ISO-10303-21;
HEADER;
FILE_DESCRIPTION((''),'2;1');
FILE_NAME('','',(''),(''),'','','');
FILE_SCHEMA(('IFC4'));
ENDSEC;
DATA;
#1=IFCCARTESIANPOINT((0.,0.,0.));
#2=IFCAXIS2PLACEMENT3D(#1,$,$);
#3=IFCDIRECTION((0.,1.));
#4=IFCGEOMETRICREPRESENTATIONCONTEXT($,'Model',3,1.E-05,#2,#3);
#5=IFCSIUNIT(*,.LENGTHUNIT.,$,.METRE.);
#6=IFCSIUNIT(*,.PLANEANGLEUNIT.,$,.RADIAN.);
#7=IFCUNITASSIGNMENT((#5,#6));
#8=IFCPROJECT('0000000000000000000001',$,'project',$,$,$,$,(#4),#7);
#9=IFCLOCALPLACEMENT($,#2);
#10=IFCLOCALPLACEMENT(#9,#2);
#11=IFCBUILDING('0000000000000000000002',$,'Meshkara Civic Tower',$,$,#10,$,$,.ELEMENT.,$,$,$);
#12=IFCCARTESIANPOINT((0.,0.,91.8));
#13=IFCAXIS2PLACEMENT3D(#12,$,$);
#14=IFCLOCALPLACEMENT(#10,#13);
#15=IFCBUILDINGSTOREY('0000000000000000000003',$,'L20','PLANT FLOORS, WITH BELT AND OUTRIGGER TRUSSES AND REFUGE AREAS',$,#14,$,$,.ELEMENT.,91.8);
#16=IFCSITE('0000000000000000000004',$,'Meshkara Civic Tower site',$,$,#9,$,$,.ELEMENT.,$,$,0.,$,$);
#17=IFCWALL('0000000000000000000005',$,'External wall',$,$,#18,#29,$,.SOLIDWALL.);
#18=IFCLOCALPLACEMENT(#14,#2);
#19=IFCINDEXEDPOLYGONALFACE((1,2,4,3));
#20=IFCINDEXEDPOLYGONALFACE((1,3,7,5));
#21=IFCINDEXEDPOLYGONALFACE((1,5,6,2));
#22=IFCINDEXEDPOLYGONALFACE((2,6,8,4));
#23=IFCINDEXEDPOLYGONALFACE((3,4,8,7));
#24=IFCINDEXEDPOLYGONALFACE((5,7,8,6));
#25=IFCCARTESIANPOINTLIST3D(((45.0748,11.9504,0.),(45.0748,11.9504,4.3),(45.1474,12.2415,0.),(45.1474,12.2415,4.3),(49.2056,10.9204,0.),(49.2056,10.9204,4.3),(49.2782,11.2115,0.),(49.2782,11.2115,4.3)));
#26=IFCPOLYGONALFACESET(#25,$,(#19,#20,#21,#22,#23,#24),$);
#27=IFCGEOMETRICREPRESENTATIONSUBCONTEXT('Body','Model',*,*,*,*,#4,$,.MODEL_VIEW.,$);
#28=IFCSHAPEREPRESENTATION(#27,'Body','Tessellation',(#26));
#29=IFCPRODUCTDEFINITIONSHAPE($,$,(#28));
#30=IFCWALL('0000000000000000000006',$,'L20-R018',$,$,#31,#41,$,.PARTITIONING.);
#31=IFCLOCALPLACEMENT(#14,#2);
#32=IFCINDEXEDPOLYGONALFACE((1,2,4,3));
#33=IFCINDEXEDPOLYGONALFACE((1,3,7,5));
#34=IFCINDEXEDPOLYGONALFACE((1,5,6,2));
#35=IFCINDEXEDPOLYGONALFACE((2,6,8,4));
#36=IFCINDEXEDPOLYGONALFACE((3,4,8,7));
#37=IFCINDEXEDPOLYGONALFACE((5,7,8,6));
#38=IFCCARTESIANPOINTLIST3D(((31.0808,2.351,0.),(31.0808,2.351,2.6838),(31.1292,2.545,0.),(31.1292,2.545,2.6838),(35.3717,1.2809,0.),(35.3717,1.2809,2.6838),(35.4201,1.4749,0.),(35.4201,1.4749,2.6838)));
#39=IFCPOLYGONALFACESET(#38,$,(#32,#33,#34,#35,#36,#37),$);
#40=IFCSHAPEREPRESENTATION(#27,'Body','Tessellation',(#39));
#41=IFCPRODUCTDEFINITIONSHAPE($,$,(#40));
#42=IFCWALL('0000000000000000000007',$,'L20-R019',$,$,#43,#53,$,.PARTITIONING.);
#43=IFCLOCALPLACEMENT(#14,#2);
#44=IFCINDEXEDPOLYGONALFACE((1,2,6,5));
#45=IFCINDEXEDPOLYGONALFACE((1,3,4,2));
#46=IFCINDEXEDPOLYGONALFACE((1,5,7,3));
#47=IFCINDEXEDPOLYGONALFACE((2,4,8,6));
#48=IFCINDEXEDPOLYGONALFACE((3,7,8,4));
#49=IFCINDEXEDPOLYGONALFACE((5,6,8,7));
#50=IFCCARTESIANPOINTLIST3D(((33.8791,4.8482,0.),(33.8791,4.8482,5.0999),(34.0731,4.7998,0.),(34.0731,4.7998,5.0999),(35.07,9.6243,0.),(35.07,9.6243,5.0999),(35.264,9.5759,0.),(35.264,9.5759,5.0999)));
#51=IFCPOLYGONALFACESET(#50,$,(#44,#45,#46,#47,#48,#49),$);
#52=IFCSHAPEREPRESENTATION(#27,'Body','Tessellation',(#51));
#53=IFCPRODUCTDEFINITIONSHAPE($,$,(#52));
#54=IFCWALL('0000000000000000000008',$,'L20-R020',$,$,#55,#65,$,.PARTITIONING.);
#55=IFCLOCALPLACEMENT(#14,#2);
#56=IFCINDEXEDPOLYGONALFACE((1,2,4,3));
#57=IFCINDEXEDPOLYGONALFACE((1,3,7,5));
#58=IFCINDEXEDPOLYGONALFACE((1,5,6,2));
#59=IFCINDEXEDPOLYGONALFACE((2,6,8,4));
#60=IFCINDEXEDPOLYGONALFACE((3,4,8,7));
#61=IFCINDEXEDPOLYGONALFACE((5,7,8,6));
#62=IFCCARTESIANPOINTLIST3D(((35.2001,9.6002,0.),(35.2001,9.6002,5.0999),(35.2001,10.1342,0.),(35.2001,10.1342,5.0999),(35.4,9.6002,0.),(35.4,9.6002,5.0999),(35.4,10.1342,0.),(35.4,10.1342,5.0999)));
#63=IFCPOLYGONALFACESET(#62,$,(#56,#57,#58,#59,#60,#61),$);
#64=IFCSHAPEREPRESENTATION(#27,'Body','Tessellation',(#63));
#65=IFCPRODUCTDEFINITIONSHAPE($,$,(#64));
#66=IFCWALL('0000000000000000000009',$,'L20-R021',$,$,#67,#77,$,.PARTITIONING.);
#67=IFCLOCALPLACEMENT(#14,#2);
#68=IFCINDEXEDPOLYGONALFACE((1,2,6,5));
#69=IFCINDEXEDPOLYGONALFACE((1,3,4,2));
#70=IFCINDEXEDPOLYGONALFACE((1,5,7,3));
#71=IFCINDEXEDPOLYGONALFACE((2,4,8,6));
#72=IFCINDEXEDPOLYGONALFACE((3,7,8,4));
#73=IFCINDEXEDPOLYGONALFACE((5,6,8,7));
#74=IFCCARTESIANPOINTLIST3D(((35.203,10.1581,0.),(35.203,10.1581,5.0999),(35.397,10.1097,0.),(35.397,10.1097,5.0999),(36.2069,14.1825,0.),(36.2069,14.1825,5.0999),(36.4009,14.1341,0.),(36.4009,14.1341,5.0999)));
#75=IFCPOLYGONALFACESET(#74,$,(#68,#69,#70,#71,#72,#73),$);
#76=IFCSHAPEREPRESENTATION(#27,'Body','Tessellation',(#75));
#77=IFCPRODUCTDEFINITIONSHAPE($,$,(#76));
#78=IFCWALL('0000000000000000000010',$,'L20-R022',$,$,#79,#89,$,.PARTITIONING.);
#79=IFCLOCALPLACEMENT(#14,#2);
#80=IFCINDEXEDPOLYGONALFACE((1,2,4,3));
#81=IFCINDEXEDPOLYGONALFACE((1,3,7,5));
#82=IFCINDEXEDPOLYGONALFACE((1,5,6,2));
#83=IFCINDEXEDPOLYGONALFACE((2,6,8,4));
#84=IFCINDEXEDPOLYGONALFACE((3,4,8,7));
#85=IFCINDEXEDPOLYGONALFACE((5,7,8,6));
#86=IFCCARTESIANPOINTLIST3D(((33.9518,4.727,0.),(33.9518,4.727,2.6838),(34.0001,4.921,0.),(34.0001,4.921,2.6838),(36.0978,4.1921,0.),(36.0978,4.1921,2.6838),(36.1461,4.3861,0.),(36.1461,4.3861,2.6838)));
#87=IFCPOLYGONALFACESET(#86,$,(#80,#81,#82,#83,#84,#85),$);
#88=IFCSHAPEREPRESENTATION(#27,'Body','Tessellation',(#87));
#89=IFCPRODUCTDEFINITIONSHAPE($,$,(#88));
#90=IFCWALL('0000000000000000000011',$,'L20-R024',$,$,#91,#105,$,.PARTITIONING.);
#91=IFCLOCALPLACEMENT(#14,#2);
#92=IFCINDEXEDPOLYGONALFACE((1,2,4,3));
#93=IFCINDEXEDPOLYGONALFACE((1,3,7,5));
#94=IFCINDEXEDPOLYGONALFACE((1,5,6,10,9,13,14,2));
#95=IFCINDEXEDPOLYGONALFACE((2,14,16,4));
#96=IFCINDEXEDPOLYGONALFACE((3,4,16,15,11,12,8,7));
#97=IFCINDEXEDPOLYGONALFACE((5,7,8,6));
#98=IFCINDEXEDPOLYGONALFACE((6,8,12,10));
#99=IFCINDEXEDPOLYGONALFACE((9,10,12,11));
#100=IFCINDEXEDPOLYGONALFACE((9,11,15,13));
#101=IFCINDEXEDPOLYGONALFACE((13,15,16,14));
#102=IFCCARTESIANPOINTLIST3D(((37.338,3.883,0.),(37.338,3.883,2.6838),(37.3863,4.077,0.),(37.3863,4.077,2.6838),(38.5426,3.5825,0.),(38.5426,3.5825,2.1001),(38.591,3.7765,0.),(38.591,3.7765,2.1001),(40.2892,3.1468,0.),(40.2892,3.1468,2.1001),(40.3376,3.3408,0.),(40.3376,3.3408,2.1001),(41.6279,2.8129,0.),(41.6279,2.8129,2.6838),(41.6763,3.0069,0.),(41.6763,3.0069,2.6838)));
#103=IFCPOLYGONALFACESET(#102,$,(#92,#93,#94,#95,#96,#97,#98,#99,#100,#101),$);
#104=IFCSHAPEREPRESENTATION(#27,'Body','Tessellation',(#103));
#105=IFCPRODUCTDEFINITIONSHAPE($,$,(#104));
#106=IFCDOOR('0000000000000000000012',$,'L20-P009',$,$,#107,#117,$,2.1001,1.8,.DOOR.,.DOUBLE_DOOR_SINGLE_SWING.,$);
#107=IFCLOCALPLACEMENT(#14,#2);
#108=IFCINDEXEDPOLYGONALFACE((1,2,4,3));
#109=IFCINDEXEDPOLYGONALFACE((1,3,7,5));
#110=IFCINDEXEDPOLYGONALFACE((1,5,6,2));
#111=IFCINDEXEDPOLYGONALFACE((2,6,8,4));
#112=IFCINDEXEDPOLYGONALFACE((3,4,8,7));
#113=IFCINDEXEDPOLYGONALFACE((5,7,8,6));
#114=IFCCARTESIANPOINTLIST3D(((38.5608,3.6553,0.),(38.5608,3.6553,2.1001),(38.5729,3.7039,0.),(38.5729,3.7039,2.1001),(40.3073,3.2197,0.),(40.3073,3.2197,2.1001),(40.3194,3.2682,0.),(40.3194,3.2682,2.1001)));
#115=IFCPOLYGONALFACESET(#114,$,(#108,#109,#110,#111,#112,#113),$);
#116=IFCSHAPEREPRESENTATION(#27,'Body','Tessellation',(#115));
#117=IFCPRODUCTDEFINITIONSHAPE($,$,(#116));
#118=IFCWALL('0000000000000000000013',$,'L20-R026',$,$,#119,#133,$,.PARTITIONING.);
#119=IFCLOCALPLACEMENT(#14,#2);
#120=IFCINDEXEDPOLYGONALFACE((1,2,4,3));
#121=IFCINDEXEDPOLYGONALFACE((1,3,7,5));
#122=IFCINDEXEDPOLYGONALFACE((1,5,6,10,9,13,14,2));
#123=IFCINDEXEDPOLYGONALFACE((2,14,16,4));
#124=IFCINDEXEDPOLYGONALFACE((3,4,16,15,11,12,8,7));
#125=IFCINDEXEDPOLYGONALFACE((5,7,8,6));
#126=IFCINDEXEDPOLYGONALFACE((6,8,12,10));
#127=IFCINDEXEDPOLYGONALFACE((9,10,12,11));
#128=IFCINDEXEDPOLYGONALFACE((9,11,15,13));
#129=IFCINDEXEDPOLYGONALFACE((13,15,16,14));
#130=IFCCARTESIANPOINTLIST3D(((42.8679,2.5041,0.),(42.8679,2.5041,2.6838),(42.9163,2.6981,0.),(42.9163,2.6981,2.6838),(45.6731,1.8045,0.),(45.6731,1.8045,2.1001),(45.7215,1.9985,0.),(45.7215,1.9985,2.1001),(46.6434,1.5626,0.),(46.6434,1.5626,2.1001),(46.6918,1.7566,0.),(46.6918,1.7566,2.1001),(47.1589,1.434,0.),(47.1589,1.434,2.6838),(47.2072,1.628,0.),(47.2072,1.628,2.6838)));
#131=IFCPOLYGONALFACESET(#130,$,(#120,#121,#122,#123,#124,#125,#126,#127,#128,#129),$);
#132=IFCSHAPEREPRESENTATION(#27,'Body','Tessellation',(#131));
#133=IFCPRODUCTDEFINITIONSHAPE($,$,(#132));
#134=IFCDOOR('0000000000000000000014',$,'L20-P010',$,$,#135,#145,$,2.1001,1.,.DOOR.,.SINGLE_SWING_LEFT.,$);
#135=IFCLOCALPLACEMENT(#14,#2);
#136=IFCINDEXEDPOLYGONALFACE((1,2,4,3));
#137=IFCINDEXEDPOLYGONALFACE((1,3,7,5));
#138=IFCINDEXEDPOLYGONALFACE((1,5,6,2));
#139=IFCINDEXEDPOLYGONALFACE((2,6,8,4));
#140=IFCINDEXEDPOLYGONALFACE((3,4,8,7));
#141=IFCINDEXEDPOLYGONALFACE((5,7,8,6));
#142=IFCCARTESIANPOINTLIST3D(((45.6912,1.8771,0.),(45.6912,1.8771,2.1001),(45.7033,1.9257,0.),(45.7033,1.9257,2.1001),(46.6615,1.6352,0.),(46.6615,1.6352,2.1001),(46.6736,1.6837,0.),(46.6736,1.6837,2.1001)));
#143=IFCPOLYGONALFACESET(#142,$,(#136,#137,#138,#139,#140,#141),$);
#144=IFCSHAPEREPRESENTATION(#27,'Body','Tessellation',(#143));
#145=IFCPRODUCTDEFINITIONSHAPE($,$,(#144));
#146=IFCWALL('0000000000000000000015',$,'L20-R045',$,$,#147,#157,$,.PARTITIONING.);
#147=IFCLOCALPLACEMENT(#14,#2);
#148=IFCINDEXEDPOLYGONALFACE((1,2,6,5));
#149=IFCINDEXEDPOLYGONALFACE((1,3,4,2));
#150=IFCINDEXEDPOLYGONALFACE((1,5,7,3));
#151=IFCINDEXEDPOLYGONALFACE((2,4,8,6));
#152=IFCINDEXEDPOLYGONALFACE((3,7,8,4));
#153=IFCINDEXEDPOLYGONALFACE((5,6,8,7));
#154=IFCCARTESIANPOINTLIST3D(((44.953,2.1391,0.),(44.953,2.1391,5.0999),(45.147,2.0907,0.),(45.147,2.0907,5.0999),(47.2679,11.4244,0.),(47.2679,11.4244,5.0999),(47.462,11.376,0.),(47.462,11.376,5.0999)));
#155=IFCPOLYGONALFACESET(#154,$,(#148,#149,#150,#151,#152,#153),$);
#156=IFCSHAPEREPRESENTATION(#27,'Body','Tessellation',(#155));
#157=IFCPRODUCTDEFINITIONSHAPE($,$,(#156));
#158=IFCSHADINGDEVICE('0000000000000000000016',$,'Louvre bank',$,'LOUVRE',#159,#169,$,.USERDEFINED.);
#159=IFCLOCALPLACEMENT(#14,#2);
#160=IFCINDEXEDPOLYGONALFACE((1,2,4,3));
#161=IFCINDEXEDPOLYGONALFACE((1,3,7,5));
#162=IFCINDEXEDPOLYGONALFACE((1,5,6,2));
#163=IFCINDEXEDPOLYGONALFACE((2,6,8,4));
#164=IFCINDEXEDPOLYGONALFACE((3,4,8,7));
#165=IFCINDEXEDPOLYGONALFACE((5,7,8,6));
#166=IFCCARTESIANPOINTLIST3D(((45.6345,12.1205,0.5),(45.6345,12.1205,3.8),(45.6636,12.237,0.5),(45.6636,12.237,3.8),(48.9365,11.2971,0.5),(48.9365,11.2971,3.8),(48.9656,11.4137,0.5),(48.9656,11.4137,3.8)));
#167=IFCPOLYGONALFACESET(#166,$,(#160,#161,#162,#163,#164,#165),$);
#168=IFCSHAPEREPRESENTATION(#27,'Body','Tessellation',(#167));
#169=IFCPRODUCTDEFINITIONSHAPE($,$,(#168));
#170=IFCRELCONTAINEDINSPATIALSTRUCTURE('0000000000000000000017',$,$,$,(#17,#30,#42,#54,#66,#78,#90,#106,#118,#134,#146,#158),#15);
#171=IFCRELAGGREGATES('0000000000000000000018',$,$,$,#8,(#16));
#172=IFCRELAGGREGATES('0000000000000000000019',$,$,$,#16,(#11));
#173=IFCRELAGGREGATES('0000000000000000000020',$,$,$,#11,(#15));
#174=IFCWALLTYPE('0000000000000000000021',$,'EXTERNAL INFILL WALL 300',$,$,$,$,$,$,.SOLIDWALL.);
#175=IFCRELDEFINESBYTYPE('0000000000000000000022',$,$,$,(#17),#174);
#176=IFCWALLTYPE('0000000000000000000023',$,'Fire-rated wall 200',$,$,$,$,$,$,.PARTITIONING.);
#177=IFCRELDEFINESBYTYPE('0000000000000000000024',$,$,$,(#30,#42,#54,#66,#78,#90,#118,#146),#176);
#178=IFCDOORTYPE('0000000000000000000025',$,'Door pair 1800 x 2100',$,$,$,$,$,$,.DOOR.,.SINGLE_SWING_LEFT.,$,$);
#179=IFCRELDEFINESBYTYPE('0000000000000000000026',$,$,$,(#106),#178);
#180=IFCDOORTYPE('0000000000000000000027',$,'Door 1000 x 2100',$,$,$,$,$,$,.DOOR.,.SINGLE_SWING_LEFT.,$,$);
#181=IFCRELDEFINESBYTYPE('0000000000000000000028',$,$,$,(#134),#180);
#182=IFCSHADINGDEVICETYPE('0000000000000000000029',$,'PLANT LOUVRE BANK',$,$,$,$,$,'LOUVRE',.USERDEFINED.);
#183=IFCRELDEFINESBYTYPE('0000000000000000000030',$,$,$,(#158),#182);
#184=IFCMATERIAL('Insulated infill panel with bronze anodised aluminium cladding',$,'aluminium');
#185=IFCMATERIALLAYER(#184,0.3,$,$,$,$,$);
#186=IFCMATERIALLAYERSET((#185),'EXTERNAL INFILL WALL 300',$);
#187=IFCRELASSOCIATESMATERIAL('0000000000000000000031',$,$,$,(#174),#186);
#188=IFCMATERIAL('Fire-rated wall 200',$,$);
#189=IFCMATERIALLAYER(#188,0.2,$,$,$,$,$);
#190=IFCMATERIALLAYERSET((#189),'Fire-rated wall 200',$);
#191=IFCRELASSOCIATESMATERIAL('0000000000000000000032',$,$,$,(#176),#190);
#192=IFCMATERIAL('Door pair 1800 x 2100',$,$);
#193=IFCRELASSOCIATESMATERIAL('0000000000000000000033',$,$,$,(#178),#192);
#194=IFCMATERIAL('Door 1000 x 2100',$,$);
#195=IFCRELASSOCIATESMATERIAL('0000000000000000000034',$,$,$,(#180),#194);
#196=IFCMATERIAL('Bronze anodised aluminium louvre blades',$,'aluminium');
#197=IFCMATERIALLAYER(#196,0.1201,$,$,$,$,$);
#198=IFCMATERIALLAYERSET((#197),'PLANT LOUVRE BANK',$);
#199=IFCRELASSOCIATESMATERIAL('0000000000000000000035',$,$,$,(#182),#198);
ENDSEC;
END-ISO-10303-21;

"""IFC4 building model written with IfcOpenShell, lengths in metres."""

from ifc_helpers import new_model, si_unit, direction, frame, frame_2d, origin, origin_2d, place, context, subcontext, project, spatial, rectangle, extrude, material, layer, layer_set, type_object, element, fill, save


model = new_model("IFC4")

# Units and contexts
model_context = context("Model", 3, precision=1e-05, world=origin(), true_north=direction((0.0, 1.0)))
body_context = subcontext(model_context, "Body", "Model", "MODEL_VIEW")
ifc_project = project(units=[si_unit("LENGTHUNIT", "METRE"), si_unit("PLANEANGLEUNIT", "RADIAN")], contexts=[model_context])

# Site, building, storey
site_placement = place(None, origin())
site = spatial("IfcSite", under=ifc_project, at=site_placement, Name="Meshkara Civic Tower site", CompositionType="ELEMENT", RefElevation=0.0)
building_placement = place(site_placement, origin())
building = spatial("IfcBuilding", under=site, at=building_placement, Name="Meshkara Civic Tower", CompositionType="ELEMENT")
storey_placement = place(building_placement, frame((0.0, 0.0, 91.8)))
storey = spatial("IfcBuildingStorey", under=building, at=storey_placement, Name="L20", Description="PLANT FLOORS, WITH BELT AND OUTRIGGER TRUSSES AND REFUGE AREAS", CompositionType="ELEMENT", Elevation=91.8)

# Walls
ifc_material_1 = material(Name="Insulated infill panel with bronze anodised aluminium cladding", Category="aluminium")
ifc_layer_1 = layer(ifc_material_1, 0.3)
ifc_layer_set_1 = layer_set([ifc_layer_1], Name="EXTERNAL INFILL WALL 300")
wall_type_1 = type_object("IfcWallType", Name="EXTERNAL INFILL WALL 300", PredefinedType="SOLIDWALL", material=ifc_layer_set_1)
wall_1_placement = place(storey_placement, frame((49.2419, 11.0659, 0.0), z_axis=(0.0, 0.0, 1.0), x_axis=(-0.970291, 0.241942, 0.0)))
element("IfcWall", 1, at=wall_1_placement, inside=storey, type_object=wall_type_1, Name="External wall", PredefinedType="SOLIDWALL", context=body_context, shape_type="SweptSolid", body=[
    extrude(rectangle(XDim=4.2573, YDim=0.3, at=frame_2d((2.1287, 0.0))), origin(), (0.0, 0.0, 1.0), 4.3),
])
ifc_material_2 = material(Name="Fire-rated wall 200")
ifc_layer_2 = layer(ifc_material_2, 0.2)
ifc_layer_set_2 = layer_set([ifc_layer_2], Name="Fire-rated wall 200")
wall_type_2 = type_object("IfcWallType", Name="Fire-rated wall 200", PredefinedType="PARTITIONING", material=ifc_layer_set_2)
wall_2_placement = place(storey_placement, frame((31.105, 2.448, 0.0), z_axis=(0.0, 0.0, 1.0), x_axis=(0.970285, -0.241964, 0.0)))
element("IfcWall", 2, at=wall_2_placement, inside=storey, type_object=wall_type_2, Name="L20-R018", PredefinedType="PARTITIONING", context=body_context, shape_type="SweptSolid", body=[
    extrude(rectangle(XDim=4.4224, YDim=0.2, at=frame_2d((2.2112, 0.0))), origin(), (0.0, 0.0, 1.0), 2.6838),
])
wall_3_placement = place(storey_placement, frame((33.9761, 4.824, 0.0), z_axis=(0.0, 0.0, 1.0), x_axis=(0.24194, 0.970291, 0.0)))
element("IfcWall", 3, at=wall_3_placement, inside=storey, type_object=wall_type_2, Name="L20-R019", PredefinedType="PARTITIONING", context=body_context, shape_type="SweptSolid", body=[
    extrude(rectangle(XDim=4.9224, YDim=0.2, at=frame_2d((2.4612, 0.0))), origin(), (0.0, 0.0, 1.0), 5.0999),
])
wall_4_placement = place(storey_placement, frame((35.3, 9.6001, 0.0), z_axis=(0.0, 0.0, 1.0), x_axis=(0.0, 1.0, 0.0)))
element("IfcWall", 4, at=wall_4_placement, inside=storey, type_object=wall_type_2, Name="L20-R020", PredefinedType="PARTITIONING", context=body_context, shape_type="SweptSolid", body=[
    extrude(rectangle(XDim=0.5339, YDim=0.2, at=frame_2d((0.2671, 0.0))), origin(), (0.0, 0.0, 1.0), 5.0999),
])
wall_5_placement = place(storey_placement, frame((35.3, 10.134, 0.0), z_axis=(0.0, 0.0, 1.0), x_axis=(0.242037, 0.970267, 0.0)))
element("IfcWall", 5, at=wall_5_placement, inside=storey, type_object=wall_type_2, Name="L20-R021", PredefinedType="PARTITIONING", context=body_context, shape_type="SweptSolid", body=[
    extrude(rectangle(XDim=4.1477, YDim=0.2, at=frame_2d((2.0737, 0.0))), origin(), (0.0, 0.0, 1.0), 5.0999),
])
wall_6_placement = place(storey_placement, frame((36.1221, 4.2891, 0.0), z_axis=(0.0, 0.0, 1.0), x_axis=(-0.970311, 0.24186, 0.0)))
element("IfcWall", 6, at=wall_6_placement, inside=storey, type_object=wall_type_2, Name="L20-R022", PredefinedType="PARTITIONING", context=body_context, shape_type="SweptSolid", body=[
    extrude(rectangle(XDim=2.2117, YDim=0.2, at=frame_2d((1.106, 0.0))), origin(), (0.0, 0.0, 1.0), 2.6838),
])

# Walls, openings, doors
wall_7_placement = place(storey_placement, frame((41.6521, 2.9099, 0.0), z_axis=(0.0, 0.0, 1.0), x_axis=(-0.970272, 0.242016, 0.0)))
wall_7 = element("IfcWall", 7, at=wall_7_placement, inside=storey, type_object=wall_type_2, Name="L20-R024", PredefinedType="PARTITIONING", context=body_context, shape_type="SweptSolid", body=[
    extrude(rectangle(XDim=4.4214, YDim=0.2, at=frame_2d((2.2107, 0.0))), origin(), (0.0, 0.0, 1.0), 2.6838),
])
opening_1_placement = place(wall_7_placement, frame((1.3799, 0.0, 0.0)))
opening_1 = element("IfcOpeningElement", 8, at=opening_1_placement, cuts=wall_7, PredefinedType="OPENING", context=body_context, shape_type="SweptSolid", body=[
    extrude(rectangle(XDim=1.8, YDim=2.1001, at=frame_2d((0.8999, 1.05))), frame((0.0, 0.1099, 0.0), z_axis=(0.0, -1.0, 0.0), x_axis=(1.0, 0.0, 0.0)), (0.0, 0.0, 1.0), 0.22),
])
ifc_material_3 = material(Name="Door pair 1800 x 2100")
door_type_1 = type_object("IfcDoorType", Name="Door pair 1800 x 2100", OperationType="SINGLE_SWING_LEFT", PredefinedType="DOOR", material=ifc_material_3)
door_1_placement = place(opening_1_placement, origin())
door_1 = element("IfcDoor", 9, at=door_1_placement, inside=storey, type_object=door_type_1, Name="L20-P009", OperationType="DOUBLE_DOOR_SINGLE_SWING", OverallHeight=2.1001, OverallWidth=1.8, PredefinedType="DOOR", context=body_context, shape_type="SweptSolid", body=[
    extrude(rectangle(XDim=1.8, YDim=2.1001, at=frame_2d((0.8999, 1.05))), frame((0.0, 0.0249, 0.0), z_axis=(0.0, -1.0, 0.0), x_axis=(1.0, 0.0, 0.0)), (0.0, 0.0, 1.0), 0.05),
])
fill(opening_1, door_1)
wall_8_placement = place(storey_placement, frame((42.8921, 2.6011, 0.0), z_axis=(0.0, 0.0, 1.0), x_axis=(0.970285, -0.241964, 0.0)))
wall_8 = element("IfcWall", 10, at=wall_8_placement, inside=storey, type_object=wall_type_2, Name="L20-R026", PredefinedType="PARTITIONING", context=body_context, shape_type="SweptSolid", body=[
    extrude(rectangle(XDim=4.4224, YDim=0.2, at=frame_2d((2.2112, 0.0))), origin(), (0.0, 0.0, 1.0), 2.6838),
])
opening_2_placement = place(wall_8_placement, frame((2.8911, 0.0, 0.0)))
opening_2 = element("IfcOpeningElement", 11, at=opening_2_placement, cuts=wall_8, PredefinedType="OPENING", context=body_context, shape_type="SweptSolid", body=[
    extrude(rectangle(XDim=1.0, YDim=2.1001, at=frame_2d((0.5, 1.05))), frame((0.0, 0.1099, 0.0), z_axis=(0.0, -1.0, 0.0), x_axis=(1.0, 0.0, 0.0)), (0.0, 0.0, 1.0), 0.22),
])
ifc_material_4 = material(Name="Door 1000 x 2100")
door_type_2 = type_object("IfcDoorType", Name="Door 1000 x 2100", OperationType="SINGLE_SWING_LEFT", PredefinedType="DOOR", material=ifc_material_4)
door_2_placement = place(opening_2_placement, origin())
door_2 = element("IfcDoor", 12, at=door_2_placement, inside=storey, type_object=door_type_2, Name="L20-P010", OperationType="SINGLE_SWING_LEFT", OverallHeight=2.1001, OverallWidth=1.0, PredefinedType="DOOR", context=body_context, shape_type="SweptSolid", body=[
    extrude(rectangle(XDim=1.0, YDim=2.1001, at=frame_2d((0.5, 1.05))), frame((0.0, 0.0249, 0.0), z_axis=(0.0, -1.0, 0.0), x_axis=(1.0, 0.0, 0.0)), (0.0, 0.0, 1.0), 0.05),
])
fill(opening_2, door_2)

# Wall
wall_9_placement = place(storey_placement, frame((45.05, 2.115, 0.0), z_axis=(0.0, 0.0, 1.0), x_axis=(0.241905, 0.9703, 0.0)))
element("IfcWall", 13, at=wall_9_placement, inside=storey, type_object=wall_type_2, Name="L20-R045", PredefinedType="PARTITIONING", context=body_context, shape_type="SweptSolid", body=[
    extrude(rectangle(XDim=9.5696, YDim=0.2, at=frame_2d((4.7847, 0.0))), origin(), (0.0, 0.0, 1.0), 5.0999),
])

# Shading device
ifc_material_5 = material(Name="Bronze anodised aluminium louvre blades", Category="aluminium")
ifc_layer_3 = layer(ifc_material_5, 0.1201)
ifc_layer_set_3 = layer_set([ifc_layer_3], Name="PLANT LOUVRE BANK")
shading_device_type = type_object("IfcShadingDeviceType", Name="PLANT LOUVRE BANK", ElementType="LOUVRE", PredefinedType="USERDEFINED", material=ifc_layer_set_3)
shading_device_placement = place(storey_placement, frame((47.3, 11.7671, 0.5), z_axis=(0.0, 0.0, 1.0), x_axis=(-0.970292, 0.241939, 0.0)))
element("IfcShadingDevice", 14, at=shading_device_placement, inside=storey, type_object=shading_device_type, Name="Louvre bank", ObjectType="LOUVRE", PredefinedType="USERDEFINED", context=body_context, shape_type="SweptSolid", body=[
    extrude(rectangle(XDim=3.4031, YDim=0.1201, at=origin_2d()), origin(), (0.0, 0.0, 1.0), 3.3),
])

save(model, "model.ifc")
